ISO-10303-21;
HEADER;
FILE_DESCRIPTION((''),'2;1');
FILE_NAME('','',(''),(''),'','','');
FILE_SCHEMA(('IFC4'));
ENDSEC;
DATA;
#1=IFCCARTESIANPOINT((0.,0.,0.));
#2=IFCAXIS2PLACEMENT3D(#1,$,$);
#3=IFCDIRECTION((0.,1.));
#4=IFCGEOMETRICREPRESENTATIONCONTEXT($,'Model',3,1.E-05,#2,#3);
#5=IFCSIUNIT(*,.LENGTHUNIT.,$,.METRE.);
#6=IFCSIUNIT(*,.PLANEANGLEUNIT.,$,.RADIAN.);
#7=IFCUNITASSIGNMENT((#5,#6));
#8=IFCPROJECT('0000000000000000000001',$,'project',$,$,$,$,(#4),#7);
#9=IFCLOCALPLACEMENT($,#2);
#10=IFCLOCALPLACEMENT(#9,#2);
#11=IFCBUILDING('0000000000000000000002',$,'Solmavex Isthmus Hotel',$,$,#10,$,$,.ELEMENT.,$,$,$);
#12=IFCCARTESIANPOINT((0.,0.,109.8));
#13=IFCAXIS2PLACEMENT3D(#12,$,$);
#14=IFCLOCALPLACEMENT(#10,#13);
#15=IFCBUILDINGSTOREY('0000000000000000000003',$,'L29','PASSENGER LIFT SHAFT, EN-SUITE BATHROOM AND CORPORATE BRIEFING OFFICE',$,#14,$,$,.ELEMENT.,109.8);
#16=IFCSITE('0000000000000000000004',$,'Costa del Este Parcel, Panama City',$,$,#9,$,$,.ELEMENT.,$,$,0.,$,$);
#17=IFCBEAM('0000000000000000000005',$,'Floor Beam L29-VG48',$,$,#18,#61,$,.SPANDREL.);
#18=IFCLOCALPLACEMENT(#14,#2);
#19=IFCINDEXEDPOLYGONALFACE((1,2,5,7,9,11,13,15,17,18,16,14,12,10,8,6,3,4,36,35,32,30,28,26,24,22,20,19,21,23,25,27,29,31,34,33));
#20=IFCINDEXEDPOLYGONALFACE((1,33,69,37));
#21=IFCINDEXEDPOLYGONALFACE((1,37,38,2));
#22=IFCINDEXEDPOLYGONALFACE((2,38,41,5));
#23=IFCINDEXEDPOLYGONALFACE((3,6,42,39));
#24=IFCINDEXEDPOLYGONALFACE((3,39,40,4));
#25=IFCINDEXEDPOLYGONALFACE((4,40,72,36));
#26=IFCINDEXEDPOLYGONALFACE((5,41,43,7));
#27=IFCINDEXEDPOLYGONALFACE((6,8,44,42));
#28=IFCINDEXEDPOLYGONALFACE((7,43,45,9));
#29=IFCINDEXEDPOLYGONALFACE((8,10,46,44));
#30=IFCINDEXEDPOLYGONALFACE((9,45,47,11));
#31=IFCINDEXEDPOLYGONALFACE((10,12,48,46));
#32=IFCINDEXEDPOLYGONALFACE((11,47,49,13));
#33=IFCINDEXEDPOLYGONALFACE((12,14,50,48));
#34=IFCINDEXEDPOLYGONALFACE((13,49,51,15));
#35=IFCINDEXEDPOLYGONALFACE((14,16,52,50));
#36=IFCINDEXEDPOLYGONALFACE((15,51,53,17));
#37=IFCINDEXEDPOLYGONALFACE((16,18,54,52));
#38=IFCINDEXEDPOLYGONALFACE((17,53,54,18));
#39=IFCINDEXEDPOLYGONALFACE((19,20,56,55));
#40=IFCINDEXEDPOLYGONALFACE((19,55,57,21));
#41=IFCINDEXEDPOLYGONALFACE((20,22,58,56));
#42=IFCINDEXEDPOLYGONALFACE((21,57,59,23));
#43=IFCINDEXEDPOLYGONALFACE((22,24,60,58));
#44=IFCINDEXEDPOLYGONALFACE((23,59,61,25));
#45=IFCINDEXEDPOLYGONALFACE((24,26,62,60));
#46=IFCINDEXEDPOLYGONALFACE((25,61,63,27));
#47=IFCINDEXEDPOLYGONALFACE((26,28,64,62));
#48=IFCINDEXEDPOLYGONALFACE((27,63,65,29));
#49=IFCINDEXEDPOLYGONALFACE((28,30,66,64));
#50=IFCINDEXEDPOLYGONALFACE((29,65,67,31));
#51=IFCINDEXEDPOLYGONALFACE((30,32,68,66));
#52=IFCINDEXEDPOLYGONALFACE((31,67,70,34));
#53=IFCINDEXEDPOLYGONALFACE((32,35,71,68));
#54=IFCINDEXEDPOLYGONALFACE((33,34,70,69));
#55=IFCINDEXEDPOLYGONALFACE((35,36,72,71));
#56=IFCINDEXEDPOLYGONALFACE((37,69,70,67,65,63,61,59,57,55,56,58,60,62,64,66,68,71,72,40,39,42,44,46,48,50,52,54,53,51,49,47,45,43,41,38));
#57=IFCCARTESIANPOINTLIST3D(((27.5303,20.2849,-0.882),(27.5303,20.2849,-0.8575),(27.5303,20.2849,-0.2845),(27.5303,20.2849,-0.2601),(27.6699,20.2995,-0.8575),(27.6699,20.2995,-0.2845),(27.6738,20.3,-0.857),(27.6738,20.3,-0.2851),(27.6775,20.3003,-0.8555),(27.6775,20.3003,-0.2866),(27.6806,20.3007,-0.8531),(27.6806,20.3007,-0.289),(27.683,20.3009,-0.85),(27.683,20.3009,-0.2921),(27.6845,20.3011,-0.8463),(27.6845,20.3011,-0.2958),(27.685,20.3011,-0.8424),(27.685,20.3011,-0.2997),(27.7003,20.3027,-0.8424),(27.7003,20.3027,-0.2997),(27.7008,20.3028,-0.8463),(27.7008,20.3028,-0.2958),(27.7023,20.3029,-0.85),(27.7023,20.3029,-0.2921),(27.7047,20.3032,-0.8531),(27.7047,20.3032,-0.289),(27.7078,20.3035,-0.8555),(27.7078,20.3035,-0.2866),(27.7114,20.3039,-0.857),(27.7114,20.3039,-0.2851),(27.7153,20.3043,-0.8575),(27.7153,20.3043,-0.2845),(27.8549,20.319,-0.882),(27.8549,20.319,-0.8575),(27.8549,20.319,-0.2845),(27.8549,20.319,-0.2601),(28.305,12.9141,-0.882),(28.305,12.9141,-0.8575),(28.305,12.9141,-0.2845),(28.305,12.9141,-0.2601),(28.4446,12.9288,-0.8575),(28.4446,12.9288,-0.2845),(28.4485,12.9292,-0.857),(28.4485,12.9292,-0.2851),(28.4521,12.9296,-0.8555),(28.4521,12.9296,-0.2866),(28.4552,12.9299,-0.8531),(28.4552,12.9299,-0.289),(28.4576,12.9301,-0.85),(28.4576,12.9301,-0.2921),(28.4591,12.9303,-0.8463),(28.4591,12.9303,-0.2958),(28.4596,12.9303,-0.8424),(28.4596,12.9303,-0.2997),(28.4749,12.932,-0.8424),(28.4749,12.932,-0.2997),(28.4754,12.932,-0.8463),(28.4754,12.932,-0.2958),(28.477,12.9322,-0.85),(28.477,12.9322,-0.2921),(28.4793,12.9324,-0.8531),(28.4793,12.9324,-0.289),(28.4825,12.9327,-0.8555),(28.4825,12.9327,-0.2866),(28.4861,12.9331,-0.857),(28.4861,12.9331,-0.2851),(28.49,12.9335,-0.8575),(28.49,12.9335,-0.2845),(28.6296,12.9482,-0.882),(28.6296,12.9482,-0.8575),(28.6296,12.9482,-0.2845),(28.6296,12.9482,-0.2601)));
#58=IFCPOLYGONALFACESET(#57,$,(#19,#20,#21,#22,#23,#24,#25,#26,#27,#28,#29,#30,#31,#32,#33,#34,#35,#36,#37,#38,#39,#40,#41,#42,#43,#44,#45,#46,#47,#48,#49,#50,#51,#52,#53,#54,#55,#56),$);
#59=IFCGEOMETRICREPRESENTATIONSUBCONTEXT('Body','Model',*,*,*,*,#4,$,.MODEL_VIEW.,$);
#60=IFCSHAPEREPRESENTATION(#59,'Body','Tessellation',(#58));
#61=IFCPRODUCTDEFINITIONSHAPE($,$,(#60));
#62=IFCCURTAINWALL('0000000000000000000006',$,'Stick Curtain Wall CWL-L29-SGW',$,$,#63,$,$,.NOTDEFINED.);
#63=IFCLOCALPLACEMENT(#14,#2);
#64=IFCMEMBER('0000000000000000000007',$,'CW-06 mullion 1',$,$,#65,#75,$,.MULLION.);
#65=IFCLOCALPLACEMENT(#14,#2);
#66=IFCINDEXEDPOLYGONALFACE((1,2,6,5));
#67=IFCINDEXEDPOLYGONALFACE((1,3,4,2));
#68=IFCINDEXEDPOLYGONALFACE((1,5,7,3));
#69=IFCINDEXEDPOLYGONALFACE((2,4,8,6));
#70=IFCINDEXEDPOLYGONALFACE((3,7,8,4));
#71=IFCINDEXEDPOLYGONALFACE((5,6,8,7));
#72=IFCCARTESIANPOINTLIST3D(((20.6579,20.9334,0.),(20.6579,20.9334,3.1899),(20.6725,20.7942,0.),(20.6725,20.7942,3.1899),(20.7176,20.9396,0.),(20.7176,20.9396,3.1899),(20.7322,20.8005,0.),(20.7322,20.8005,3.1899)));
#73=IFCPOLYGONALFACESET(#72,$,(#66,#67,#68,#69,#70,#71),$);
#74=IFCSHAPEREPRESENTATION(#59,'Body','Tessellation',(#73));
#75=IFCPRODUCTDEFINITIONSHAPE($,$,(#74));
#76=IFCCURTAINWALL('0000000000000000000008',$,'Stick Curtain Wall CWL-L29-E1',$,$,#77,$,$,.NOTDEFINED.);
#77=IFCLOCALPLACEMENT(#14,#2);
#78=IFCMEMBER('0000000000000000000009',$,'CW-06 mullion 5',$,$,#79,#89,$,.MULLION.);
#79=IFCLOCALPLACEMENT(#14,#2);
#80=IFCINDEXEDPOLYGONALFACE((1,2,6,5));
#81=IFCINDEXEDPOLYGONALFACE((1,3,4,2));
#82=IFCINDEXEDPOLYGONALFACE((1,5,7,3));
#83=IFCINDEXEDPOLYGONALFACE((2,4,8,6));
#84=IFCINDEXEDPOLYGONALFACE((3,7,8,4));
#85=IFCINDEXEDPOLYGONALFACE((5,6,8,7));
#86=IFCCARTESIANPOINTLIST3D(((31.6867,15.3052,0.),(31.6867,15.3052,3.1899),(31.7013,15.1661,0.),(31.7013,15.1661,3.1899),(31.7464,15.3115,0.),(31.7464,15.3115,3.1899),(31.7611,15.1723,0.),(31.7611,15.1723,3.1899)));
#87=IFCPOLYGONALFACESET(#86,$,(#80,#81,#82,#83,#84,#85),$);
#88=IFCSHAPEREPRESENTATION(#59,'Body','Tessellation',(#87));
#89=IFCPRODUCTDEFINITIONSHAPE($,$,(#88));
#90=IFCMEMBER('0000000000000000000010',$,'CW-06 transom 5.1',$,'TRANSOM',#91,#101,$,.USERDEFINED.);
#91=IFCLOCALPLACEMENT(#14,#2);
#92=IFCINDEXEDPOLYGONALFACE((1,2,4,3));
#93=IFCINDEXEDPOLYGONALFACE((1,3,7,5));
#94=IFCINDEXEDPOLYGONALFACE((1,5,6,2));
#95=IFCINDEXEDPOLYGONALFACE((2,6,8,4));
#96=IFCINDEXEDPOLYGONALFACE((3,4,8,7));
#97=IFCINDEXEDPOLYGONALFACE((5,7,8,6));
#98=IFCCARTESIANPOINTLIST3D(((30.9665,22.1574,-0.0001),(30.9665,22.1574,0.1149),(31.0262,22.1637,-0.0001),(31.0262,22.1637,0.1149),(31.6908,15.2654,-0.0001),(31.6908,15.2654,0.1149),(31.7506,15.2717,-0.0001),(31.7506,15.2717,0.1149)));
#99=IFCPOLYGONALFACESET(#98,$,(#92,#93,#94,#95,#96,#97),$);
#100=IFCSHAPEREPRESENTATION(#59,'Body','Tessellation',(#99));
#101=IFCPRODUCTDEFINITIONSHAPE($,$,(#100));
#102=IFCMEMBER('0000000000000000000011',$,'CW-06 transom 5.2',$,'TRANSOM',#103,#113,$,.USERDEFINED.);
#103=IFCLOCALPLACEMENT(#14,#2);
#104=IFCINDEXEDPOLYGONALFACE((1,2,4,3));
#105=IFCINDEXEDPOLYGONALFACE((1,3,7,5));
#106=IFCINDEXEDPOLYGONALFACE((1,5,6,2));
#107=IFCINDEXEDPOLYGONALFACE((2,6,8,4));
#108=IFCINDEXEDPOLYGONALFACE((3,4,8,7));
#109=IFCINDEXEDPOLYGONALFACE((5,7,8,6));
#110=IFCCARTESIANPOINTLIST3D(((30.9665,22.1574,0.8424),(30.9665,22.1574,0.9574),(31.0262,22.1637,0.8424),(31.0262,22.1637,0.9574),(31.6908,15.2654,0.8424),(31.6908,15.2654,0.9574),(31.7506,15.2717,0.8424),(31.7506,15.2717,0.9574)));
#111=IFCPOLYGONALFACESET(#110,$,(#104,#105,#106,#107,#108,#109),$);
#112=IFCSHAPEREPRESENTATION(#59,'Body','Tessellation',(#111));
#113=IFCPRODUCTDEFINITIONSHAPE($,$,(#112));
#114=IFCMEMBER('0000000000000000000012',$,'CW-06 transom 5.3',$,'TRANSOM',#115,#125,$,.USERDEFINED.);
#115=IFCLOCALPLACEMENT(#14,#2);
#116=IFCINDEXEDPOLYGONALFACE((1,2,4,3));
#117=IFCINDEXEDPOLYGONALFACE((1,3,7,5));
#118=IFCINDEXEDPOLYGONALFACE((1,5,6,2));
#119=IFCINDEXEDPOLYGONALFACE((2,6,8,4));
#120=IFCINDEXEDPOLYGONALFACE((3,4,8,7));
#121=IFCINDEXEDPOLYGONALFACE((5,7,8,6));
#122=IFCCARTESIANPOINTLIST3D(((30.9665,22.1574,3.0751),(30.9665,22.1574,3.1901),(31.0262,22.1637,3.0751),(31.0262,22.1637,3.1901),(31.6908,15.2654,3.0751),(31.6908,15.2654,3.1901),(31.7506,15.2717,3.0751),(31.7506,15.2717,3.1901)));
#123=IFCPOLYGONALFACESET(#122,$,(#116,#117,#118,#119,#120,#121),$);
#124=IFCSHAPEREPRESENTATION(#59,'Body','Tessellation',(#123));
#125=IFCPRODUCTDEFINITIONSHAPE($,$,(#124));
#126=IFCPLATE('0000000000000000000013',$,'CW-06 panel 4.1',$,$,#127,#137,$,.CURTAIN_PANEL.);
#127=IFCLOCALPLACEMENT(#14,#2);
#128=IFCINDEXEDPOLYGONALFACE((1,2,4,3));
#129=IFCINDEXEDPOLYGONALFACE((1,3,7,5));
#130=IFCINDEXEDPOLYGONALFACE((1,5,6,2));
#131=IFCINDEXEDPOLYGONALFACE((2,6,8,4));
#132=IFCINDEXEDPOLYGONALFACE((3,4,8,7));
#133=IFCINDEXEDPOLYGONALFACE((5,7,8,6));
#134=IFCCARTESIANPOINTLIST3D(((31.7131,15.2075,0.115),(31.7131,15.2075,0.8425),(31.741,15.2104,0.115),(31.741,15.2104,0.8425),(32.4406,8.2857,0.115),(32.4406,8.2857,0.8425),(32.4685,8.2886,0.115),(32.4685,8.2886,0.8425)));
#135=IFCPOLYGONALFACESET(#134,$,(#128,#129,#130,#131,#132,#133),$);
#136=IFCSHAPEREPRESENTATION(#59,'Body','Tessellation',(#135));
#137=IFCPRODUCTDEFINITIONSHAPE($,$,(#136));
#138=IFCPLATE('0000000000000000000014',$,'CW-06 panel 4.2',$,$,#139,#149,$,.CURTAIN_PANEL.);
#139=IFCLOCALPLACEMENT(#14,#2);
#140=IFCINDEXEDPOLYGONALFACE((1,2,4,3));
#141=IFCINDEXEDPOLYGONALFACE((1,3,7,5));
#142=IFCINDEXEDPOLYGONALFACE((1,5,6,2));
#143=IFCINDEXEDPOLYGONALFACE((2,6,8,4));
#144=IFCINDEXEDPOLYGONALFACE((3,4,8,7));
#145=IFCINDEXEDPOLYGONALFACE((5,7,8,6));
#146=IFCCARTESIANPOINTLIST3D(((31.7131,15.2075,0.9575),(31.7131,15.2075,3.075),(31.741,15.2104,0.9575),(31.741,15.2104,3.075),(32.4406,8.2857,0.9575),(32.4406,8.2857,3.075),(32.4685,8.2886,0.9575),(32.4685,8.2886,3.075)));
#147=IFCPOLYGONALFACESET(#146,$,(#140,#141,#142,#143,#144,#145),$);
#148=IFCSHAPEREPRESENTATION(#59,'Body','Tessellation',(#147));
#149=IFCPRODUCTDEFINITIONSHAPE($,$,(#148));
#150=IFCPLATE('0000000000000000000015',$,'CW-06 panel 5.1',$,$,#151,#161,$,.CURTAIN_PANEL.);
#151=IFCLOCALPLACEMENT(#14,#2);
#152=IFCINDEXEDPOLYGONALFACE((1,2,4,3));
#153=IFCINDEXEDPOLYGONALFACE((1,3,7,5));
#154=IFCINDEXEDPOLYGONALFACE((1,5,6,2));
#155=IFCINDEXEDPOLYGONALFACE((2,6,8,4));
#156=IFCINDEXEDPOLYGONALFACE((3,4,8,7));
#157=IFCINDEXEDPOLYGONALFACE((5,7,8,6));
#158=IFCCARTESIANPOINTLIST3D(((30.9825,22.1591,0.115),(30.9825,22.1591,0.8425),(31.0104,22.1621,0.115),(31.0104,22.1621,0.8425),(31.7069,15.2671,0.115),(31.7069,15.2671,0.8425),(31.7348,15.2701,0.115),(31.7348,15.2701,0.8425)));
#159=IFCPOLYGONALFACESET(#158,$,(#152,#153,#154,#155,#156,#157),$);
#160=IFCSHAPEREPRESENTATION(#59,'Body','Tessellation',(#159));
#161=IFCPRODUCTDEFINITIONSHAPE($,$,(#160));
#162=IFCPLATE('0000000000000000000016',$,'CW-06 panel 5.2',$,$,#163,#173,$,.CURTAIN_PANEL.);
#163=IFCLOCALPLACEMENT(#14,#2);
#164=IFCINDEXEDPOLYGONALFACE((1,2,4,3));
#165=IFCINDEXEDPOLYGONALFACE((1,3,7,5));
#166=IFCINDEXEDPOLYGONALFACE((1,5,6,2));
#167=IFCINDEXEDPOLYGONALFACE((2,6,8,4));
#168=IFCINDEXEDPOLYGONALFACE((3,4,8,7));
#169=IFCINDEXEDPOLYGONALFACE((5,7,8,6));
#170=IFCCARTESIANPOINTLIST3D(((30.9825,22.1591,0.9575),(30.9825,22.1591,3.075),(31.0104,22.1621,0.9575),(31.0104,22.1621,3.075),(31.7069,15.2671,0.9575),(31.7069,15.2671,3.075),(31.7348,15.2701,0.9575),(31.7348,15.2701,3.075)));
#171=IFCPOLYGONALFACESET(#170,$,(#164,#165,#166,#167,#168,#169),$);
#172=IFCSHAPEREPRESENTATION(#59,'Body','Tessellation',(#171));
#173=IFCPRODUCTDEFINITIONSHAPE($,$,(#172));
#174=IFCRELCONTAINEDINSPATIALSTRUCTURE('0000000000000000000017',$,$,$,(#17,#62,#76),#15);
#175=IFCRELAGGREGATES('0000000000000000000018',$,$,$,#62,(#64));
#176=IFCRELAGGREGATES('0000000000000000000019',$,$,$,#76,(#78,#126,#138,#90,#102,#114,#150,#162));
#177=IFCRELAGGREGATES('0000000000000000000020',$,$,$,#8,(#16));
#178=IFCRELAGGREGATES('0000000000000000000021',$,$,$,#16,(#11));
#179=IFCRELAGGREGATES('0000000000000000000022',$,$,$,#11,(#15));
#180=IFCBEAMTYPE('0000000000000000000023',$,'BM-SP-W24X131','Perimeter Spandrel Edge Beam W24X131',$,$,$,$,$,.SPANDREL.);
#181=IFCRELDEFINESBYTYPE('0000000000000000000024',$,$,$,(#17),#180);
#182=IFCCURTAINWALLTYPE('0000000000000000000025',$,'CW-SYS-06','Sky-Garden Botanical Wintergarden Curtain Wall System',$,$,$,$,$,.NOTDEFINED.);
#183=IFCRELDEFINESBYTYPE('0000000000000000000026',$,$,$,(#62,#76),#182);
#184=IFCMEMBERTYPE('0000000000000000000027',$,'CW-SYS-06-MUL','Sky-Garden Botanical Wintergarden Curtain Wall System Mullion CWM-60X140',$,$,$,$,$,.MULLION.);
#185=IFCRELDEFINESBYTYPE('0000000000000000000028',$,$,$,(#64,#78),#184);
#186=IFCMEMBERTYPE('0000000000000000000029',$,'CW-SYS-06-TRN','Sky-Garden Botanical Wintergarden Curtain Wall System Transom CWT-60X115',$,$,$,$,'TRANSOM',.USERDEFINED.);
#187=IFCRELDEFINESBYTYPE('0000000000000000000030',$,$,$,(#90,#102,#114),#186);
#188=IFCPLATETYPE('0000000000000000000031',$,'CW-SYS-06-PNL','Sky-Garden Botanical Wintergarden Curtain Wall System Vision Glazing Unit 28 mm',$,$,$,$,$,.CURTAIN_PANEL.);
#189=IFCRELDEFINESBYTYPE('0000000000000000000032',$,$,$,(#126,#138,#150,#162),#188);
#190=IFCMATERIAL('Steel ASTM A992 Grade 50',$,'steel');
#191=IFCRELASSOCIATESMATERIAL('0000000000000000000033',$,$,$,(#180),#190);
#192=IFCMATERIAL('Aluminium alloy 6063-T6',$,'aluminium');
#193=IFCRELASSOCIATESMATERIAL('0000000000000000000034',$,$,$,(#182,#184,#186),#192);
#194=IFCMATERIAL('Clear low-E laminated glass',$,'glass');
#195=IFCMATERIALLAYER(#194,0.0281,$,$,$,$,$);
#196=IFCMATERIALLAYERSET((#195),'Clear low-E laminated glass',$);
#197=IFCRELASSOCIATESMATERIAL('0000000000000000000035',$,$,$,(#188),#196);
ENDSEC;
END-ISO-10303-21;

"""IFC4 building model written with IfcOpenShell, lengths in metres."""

from ifc_helpers import new_model, si_unit, direction, frame, origin, origin_2d, place, context, subcontext, project, spatial, rectangle, i_section, extrude, material, layer, layer_set, material_profile, profile_set, type_object, element, aggregate, save


model = new_model("IFC4")

# Units and contexts
model_context = context("Model", 3, precision=1e-05, world=origin(), true_north=direction((0.0, 1.0)))
body_context = subcontext(model_context, "Body", "Model", "MODEL_VIEW")
ifc_project = project(units=[si_unit("LENGTHUNIT", "METRE"), si_unit("PLANEANGLEUNIT", "RADIAN")], contexts=[model_context])

# Site, building, storey
site_placement = place(None, origin())
site = spatial("IfcSite", under=ifc_project, at=site_placement, Name="Costa del Este Parcel, Panama City", CompositionType="ELEMENT", RefElevation=0.0)
building_placement = place(site_placement, origin())
building = spatial("IfcBuilding", under=site, at=building_placement, Name="Solmavex Isthmus Hotel", CompositionType="ELEMENT")
storey_placement = place(building_placement, frame((0.0, 0.0, 109.8)))
storey = spatial("IfcBuildingStorey", under=building, at=storey_placement, Name="L29", Description="PASSENGER LIFT SHAFT, EN-SUITE BATHROOM AND CORPORATE BRIEFING OFFICE", CompositionType="ELEMENT", Elevation=109.8)

# Beam
ifc_material_1 = material(Name="Steel ASTM A992 Grade 50", Category="steel")
ifc_material_profile_1 = material_profile(ifc_material_1, i_section(OverallWidth=0.3264, OverallDepth=0.6218, WebThickness=0.0154, FlangeThickness=0.0244, FilletRadius=0.0151, at=origin_2d()), Name="W24X131")
ifc_profile_set_1 = profile_set([ifc_material_profile_1], Name="Steel ASTM A992 Grade 50")
beam_type_1 = type_object("IfcBeamType", Name="BM-SP-W24X131", Description="Perimeter Spandrel Edge Beam W24X131", PredefinedType="SPANDREL", material=ifc_profile_set_1)
beam_1_placement = place(storey_placement, frame((28.4673, 12.9312, -0.571), z_axis=(-0.104522, 0.994523, 0.0), x_axis=(-0.994523, -0.104522, 0.0)))
element("IfcBeam", 1, at=beam_1_placement, inside=storey, type_object=beam_type_1, Name="Floor Beam L29-VG48", PredefinedType="SPANDREL", context=body_context, shape_type="SweptSolid", body=[
    extrude(i_section(OverallWidth=0.3264, OverallDepth=0.6218, WebThickness=0.0154, FlangeThickness=0.0244, FilletRadius=0.0151, at=origin_2d()), origin(), (0.0, 0.0, 1.0), 7.4114),
])

# Curtain wall, member
ifc_material_2 = material(Name="Aluminium alloy 6063-T6", Category="aluminium")
curtain_wall_type = type_object("IfcCurtainWallType", Name="CW-SYS-06", Description="Sky-Garden Botanical Wintergarden Curtain Wall System", PredefinedType="NOTDEFINED", material=ifc_material_2)
curtain_wall_1_placement = place(storey_placement, origin())
curtain_wall_1 = element("IfcCurtainWall", 2, at=curtain_wall_1_placement, inside=storey, type_object=curtain_wall_type, Name="Stick Curtain Wall CWL-L29-SGW", PredefinedType="NOTDEFINED")
ifc_material_profile_2 = material_profile(ifc_material_2, rectangle(XDim=0.0601, YDim=0.1399, at=origin_2d()), Name="CWM-60X140")
ifc_profile_set_2 = profile_set([ifc_material_profile_2], Name="Aluminium alloy 6063-T6")
member_type_1 = type_object("IfcMemberType", Name="CW-SYS-06-MUL", Description="Sky-Garden Botanical Wintergarden Curtain Wall System Mullion CWM-60X140", PredefinedType="MULLION", material=ifc_profile_set_2)
member_1_placement = place(storey_placement, frame((20.6951, 20.8669, 0.0), z_axis=(0.0, 0.0, 1.0), x_axis=(-0.994522, -0.104528, 0.0)))
member_1 = element("IfcMember", 3, at=member_1_placement, type_object=member_type_1, Name="CW-06 mullion 1", PredefinedType="MULLION", context=body_context, shape_type="SweptSolid", body=[
    extrude(rectangle(XDim=0.0601, YDim=0.1399, at=origin_2d()), origin(), (0.0, 0.0, 1.0), 3.1899),
])
aggregate(curtain_wall_1, [member_1])

# Curtain wall, members, plates
curtain_wall_2_placement = place(storey_placement, origin())
curtain_wall_2 = element("IfcCurtainWall", 4, at=curtain_wall_2_placement, inside=storey, type_object=curtain_wall_type, Name="Stick Curtain Wall CWL-L29-E1", PredefinedType="NOTDEFINED")
member_2_placement = place(storey_placement, frame((31.7239, 15.2388, 0.0), z_axis=(0.0, 0.0, 1.0), x_axis=(-0.994522, -0.104528, 0.0)))
member_2 = element("IfcMember", 5, at=member_2_placement, type_object=member_type_1, Name="CW-06 mullion 5", PredefinedType="MULLION", context=body_context, shape_type="SweptSolid", body=[
    extrude(rectangle(XDim=0.0601, YDim=0.1399, at=origin_2d()), origin(), (0.0, 0.0, 1.0), 3.1899),
])
ifc_material_profile_3 = material_profile(ifc_material_2, rectangle(XDim=0.0601, YDim=0.115, at=origin_2d()), Name="CWT-60X115")
ifc_profile_set_3 = profile_set([ifc_material_profile_3], Name="Aluminium alloy 6063-T6")
member_type_2 = type_object("IfcMemberType", Name="CW-SYS-06-TRN", Description="Sky-Garden Botanical Wintergarden Curtain Wall System Transom CWT-60X115", ElementType="TRANSOM", PredefinedType="USERDEFINED", material=ifc_profile_set_3)
member_3_placement = place(storey_placement, frame((31.7207, 15.2686, 0.0574), z_axis=(-0.104525, 0.994522, 0.0), x_axis=(-0.994522, -0.104525, 0.0)))
member_3 = element("IfcMember", 6, at=member_3_placement, type_object=member_type_2, Name="CW-06 transom 5.1", ObjectType="TRANSOM", PredefinedType="USERDEFINED", context=body_context, shape_type="SweptSolid", body=[
    extrude(rectangle(XDim=0.0601, YDim=0.115, at=origin_2d()), origin(), (0.0, 0.0, 1.0), 6.9299),
])
member_4_placement = place(storey_placement, frame((31.7207, 15.2686, 0.8999), z_axis=(-0.104525, 0.994522, 0.0), x_axis=(-0.994522, -0.104525, 0.0)))
member_4 = element("IfcMember", 7, at=member_4_placement, type_object=member_type_2, Name="CW-06 transom 5.2", ObjectType="TRANSOM", PredefinedType="USERDEFINED", context=body_context, shape_type="SweptSolid", body=[
    extrude(rectangle(XDim=0.0601, YDim=0.115, at=origin_2d()), origin(), (0.0, 0.0, 1.0), 6.9299),
])
member_5_placement = place(storey_placement, frame((31.7207, 15.2686, 3.1326), z_axis=(-0.104525, 0.994522, 0.0), x_axis=(-0.994522, -0.104525, 0.0)))
member_5 = element("IfcMember", 8, at=member_5_placement, type_object=member_type_2, Name="CW-06 transom 5.3", ObjectType="TRANSOM", PredefinedType="USERDEFINED", context=body_context, shape_type="SweptSolid", body=[
    extrude(rectangle(XDim=0.0601, YDim=0.115, at=origin_2d()), origin(), (0.0, 0.0, 1.0), 6.9299),
])
ifc_material_3 = material(Name="Clear low-E laminated glass", Category="glass")
ifc_layer_1 = layer(ifc_material_3, 0.0281)
ifc_layer_set_1 = layer_set([ifc_layer_1], Name="Clear low-E laminated glass")
plate_type = type_object("IfcPlateType", Name="CW-SYS-06-PNL", Description="Sky-Garden Botanical Wintergarden Curtain Wall System Vision Glazing Unit 28 mm", PredefinedType="CURTAIN_PANEL", material=ifc_layer_set_1)
plate_1_placement = place(storey_placement, frame((32.0908, 11.748, 0.115), z_axis=(0.0, 0.0, 1.0), x_axis=(-0.104528, 0.994522, 0.0)))
plate_1 = element("IfcPlate", 9, at=plate_1_placement, type_object=plate_type, Name="CW-06 panel 4.1", PredefinedType="CURTAIN_PANEL", context=body_context, shape_type="SweptSolid", body=[
    extrude(rectangle(XDim=6.96, YDim=0.0281, at=origin_2d()), origin(), (0.0, 0.0, 1.0), 0.7275),
])
plate_2_placement = place(storey_placement, frame((32.0908, 11.748, 0.9575), z_axis=(0.0, 0.0, 1.0), x_axis=(-0.104528, 0.994522, 0.0)))
plate_2 = element("IfcPlate", 10, at=plate_2_placement, type_object=plate_type, Name="CW-06 panel 4.2", PredefinedType="CURTAIN_PANEL", context=body_context, shape_type="SweptSolid", body=[
    extrude(rectangle(XDim=6.96, YDim=0.0281, at=origin_2d()), origin(), (0.0, 0.0, 1.0), 2.1174),
])
plate_3_placement = place(storey_placement, frame((31.3586, 18.7146, 0.115), z_axis=(0.0, 0.0, 1.0), x_axis=(-0.104528, 0.994522, 0.0)))
plate_3 = element("IfcPlate", 11, at=plate_3_placement, type_object=plate_type, Name="CW-06 panel 5.1", PredefinedType="CURTAIN_PANEL", context=body_context, shape_type="SweptSolid", body=[
    extrude(rectangle(XDim=6.9299, YDim=0.0281, at=origin_2d()), origin(), (0.0, 0.0, 1.0), 0.7275),
])
plate_4_placement = place(storey_placement, frame((31.3586, 18.7146, 0.9575), z_axis=(0.0, 0.0, 1.0), x_axis=(-0.104528, 0.994522, 0.0)))
plate_4 = element("IfcPlate", 12, at=plate_4_placement, type_object=plate_type, Name="CW-06 panel 5.2", PredefinedType="CURTAIN_PANEL", context=body_context, shape_type="SweptSolid", body=[
    extrude(rectangle(XDim=6.9299, YDim=0.0281, at=origin_2d()), origin(), (0.0, 0.0, 1.0), 2.1174),
])
aggregate(curtain_wall_2, [member_2, plate_1, plate_2, member_3, member_4, member_5, plate_3, plate_4])

save(model, "model.ifc")
